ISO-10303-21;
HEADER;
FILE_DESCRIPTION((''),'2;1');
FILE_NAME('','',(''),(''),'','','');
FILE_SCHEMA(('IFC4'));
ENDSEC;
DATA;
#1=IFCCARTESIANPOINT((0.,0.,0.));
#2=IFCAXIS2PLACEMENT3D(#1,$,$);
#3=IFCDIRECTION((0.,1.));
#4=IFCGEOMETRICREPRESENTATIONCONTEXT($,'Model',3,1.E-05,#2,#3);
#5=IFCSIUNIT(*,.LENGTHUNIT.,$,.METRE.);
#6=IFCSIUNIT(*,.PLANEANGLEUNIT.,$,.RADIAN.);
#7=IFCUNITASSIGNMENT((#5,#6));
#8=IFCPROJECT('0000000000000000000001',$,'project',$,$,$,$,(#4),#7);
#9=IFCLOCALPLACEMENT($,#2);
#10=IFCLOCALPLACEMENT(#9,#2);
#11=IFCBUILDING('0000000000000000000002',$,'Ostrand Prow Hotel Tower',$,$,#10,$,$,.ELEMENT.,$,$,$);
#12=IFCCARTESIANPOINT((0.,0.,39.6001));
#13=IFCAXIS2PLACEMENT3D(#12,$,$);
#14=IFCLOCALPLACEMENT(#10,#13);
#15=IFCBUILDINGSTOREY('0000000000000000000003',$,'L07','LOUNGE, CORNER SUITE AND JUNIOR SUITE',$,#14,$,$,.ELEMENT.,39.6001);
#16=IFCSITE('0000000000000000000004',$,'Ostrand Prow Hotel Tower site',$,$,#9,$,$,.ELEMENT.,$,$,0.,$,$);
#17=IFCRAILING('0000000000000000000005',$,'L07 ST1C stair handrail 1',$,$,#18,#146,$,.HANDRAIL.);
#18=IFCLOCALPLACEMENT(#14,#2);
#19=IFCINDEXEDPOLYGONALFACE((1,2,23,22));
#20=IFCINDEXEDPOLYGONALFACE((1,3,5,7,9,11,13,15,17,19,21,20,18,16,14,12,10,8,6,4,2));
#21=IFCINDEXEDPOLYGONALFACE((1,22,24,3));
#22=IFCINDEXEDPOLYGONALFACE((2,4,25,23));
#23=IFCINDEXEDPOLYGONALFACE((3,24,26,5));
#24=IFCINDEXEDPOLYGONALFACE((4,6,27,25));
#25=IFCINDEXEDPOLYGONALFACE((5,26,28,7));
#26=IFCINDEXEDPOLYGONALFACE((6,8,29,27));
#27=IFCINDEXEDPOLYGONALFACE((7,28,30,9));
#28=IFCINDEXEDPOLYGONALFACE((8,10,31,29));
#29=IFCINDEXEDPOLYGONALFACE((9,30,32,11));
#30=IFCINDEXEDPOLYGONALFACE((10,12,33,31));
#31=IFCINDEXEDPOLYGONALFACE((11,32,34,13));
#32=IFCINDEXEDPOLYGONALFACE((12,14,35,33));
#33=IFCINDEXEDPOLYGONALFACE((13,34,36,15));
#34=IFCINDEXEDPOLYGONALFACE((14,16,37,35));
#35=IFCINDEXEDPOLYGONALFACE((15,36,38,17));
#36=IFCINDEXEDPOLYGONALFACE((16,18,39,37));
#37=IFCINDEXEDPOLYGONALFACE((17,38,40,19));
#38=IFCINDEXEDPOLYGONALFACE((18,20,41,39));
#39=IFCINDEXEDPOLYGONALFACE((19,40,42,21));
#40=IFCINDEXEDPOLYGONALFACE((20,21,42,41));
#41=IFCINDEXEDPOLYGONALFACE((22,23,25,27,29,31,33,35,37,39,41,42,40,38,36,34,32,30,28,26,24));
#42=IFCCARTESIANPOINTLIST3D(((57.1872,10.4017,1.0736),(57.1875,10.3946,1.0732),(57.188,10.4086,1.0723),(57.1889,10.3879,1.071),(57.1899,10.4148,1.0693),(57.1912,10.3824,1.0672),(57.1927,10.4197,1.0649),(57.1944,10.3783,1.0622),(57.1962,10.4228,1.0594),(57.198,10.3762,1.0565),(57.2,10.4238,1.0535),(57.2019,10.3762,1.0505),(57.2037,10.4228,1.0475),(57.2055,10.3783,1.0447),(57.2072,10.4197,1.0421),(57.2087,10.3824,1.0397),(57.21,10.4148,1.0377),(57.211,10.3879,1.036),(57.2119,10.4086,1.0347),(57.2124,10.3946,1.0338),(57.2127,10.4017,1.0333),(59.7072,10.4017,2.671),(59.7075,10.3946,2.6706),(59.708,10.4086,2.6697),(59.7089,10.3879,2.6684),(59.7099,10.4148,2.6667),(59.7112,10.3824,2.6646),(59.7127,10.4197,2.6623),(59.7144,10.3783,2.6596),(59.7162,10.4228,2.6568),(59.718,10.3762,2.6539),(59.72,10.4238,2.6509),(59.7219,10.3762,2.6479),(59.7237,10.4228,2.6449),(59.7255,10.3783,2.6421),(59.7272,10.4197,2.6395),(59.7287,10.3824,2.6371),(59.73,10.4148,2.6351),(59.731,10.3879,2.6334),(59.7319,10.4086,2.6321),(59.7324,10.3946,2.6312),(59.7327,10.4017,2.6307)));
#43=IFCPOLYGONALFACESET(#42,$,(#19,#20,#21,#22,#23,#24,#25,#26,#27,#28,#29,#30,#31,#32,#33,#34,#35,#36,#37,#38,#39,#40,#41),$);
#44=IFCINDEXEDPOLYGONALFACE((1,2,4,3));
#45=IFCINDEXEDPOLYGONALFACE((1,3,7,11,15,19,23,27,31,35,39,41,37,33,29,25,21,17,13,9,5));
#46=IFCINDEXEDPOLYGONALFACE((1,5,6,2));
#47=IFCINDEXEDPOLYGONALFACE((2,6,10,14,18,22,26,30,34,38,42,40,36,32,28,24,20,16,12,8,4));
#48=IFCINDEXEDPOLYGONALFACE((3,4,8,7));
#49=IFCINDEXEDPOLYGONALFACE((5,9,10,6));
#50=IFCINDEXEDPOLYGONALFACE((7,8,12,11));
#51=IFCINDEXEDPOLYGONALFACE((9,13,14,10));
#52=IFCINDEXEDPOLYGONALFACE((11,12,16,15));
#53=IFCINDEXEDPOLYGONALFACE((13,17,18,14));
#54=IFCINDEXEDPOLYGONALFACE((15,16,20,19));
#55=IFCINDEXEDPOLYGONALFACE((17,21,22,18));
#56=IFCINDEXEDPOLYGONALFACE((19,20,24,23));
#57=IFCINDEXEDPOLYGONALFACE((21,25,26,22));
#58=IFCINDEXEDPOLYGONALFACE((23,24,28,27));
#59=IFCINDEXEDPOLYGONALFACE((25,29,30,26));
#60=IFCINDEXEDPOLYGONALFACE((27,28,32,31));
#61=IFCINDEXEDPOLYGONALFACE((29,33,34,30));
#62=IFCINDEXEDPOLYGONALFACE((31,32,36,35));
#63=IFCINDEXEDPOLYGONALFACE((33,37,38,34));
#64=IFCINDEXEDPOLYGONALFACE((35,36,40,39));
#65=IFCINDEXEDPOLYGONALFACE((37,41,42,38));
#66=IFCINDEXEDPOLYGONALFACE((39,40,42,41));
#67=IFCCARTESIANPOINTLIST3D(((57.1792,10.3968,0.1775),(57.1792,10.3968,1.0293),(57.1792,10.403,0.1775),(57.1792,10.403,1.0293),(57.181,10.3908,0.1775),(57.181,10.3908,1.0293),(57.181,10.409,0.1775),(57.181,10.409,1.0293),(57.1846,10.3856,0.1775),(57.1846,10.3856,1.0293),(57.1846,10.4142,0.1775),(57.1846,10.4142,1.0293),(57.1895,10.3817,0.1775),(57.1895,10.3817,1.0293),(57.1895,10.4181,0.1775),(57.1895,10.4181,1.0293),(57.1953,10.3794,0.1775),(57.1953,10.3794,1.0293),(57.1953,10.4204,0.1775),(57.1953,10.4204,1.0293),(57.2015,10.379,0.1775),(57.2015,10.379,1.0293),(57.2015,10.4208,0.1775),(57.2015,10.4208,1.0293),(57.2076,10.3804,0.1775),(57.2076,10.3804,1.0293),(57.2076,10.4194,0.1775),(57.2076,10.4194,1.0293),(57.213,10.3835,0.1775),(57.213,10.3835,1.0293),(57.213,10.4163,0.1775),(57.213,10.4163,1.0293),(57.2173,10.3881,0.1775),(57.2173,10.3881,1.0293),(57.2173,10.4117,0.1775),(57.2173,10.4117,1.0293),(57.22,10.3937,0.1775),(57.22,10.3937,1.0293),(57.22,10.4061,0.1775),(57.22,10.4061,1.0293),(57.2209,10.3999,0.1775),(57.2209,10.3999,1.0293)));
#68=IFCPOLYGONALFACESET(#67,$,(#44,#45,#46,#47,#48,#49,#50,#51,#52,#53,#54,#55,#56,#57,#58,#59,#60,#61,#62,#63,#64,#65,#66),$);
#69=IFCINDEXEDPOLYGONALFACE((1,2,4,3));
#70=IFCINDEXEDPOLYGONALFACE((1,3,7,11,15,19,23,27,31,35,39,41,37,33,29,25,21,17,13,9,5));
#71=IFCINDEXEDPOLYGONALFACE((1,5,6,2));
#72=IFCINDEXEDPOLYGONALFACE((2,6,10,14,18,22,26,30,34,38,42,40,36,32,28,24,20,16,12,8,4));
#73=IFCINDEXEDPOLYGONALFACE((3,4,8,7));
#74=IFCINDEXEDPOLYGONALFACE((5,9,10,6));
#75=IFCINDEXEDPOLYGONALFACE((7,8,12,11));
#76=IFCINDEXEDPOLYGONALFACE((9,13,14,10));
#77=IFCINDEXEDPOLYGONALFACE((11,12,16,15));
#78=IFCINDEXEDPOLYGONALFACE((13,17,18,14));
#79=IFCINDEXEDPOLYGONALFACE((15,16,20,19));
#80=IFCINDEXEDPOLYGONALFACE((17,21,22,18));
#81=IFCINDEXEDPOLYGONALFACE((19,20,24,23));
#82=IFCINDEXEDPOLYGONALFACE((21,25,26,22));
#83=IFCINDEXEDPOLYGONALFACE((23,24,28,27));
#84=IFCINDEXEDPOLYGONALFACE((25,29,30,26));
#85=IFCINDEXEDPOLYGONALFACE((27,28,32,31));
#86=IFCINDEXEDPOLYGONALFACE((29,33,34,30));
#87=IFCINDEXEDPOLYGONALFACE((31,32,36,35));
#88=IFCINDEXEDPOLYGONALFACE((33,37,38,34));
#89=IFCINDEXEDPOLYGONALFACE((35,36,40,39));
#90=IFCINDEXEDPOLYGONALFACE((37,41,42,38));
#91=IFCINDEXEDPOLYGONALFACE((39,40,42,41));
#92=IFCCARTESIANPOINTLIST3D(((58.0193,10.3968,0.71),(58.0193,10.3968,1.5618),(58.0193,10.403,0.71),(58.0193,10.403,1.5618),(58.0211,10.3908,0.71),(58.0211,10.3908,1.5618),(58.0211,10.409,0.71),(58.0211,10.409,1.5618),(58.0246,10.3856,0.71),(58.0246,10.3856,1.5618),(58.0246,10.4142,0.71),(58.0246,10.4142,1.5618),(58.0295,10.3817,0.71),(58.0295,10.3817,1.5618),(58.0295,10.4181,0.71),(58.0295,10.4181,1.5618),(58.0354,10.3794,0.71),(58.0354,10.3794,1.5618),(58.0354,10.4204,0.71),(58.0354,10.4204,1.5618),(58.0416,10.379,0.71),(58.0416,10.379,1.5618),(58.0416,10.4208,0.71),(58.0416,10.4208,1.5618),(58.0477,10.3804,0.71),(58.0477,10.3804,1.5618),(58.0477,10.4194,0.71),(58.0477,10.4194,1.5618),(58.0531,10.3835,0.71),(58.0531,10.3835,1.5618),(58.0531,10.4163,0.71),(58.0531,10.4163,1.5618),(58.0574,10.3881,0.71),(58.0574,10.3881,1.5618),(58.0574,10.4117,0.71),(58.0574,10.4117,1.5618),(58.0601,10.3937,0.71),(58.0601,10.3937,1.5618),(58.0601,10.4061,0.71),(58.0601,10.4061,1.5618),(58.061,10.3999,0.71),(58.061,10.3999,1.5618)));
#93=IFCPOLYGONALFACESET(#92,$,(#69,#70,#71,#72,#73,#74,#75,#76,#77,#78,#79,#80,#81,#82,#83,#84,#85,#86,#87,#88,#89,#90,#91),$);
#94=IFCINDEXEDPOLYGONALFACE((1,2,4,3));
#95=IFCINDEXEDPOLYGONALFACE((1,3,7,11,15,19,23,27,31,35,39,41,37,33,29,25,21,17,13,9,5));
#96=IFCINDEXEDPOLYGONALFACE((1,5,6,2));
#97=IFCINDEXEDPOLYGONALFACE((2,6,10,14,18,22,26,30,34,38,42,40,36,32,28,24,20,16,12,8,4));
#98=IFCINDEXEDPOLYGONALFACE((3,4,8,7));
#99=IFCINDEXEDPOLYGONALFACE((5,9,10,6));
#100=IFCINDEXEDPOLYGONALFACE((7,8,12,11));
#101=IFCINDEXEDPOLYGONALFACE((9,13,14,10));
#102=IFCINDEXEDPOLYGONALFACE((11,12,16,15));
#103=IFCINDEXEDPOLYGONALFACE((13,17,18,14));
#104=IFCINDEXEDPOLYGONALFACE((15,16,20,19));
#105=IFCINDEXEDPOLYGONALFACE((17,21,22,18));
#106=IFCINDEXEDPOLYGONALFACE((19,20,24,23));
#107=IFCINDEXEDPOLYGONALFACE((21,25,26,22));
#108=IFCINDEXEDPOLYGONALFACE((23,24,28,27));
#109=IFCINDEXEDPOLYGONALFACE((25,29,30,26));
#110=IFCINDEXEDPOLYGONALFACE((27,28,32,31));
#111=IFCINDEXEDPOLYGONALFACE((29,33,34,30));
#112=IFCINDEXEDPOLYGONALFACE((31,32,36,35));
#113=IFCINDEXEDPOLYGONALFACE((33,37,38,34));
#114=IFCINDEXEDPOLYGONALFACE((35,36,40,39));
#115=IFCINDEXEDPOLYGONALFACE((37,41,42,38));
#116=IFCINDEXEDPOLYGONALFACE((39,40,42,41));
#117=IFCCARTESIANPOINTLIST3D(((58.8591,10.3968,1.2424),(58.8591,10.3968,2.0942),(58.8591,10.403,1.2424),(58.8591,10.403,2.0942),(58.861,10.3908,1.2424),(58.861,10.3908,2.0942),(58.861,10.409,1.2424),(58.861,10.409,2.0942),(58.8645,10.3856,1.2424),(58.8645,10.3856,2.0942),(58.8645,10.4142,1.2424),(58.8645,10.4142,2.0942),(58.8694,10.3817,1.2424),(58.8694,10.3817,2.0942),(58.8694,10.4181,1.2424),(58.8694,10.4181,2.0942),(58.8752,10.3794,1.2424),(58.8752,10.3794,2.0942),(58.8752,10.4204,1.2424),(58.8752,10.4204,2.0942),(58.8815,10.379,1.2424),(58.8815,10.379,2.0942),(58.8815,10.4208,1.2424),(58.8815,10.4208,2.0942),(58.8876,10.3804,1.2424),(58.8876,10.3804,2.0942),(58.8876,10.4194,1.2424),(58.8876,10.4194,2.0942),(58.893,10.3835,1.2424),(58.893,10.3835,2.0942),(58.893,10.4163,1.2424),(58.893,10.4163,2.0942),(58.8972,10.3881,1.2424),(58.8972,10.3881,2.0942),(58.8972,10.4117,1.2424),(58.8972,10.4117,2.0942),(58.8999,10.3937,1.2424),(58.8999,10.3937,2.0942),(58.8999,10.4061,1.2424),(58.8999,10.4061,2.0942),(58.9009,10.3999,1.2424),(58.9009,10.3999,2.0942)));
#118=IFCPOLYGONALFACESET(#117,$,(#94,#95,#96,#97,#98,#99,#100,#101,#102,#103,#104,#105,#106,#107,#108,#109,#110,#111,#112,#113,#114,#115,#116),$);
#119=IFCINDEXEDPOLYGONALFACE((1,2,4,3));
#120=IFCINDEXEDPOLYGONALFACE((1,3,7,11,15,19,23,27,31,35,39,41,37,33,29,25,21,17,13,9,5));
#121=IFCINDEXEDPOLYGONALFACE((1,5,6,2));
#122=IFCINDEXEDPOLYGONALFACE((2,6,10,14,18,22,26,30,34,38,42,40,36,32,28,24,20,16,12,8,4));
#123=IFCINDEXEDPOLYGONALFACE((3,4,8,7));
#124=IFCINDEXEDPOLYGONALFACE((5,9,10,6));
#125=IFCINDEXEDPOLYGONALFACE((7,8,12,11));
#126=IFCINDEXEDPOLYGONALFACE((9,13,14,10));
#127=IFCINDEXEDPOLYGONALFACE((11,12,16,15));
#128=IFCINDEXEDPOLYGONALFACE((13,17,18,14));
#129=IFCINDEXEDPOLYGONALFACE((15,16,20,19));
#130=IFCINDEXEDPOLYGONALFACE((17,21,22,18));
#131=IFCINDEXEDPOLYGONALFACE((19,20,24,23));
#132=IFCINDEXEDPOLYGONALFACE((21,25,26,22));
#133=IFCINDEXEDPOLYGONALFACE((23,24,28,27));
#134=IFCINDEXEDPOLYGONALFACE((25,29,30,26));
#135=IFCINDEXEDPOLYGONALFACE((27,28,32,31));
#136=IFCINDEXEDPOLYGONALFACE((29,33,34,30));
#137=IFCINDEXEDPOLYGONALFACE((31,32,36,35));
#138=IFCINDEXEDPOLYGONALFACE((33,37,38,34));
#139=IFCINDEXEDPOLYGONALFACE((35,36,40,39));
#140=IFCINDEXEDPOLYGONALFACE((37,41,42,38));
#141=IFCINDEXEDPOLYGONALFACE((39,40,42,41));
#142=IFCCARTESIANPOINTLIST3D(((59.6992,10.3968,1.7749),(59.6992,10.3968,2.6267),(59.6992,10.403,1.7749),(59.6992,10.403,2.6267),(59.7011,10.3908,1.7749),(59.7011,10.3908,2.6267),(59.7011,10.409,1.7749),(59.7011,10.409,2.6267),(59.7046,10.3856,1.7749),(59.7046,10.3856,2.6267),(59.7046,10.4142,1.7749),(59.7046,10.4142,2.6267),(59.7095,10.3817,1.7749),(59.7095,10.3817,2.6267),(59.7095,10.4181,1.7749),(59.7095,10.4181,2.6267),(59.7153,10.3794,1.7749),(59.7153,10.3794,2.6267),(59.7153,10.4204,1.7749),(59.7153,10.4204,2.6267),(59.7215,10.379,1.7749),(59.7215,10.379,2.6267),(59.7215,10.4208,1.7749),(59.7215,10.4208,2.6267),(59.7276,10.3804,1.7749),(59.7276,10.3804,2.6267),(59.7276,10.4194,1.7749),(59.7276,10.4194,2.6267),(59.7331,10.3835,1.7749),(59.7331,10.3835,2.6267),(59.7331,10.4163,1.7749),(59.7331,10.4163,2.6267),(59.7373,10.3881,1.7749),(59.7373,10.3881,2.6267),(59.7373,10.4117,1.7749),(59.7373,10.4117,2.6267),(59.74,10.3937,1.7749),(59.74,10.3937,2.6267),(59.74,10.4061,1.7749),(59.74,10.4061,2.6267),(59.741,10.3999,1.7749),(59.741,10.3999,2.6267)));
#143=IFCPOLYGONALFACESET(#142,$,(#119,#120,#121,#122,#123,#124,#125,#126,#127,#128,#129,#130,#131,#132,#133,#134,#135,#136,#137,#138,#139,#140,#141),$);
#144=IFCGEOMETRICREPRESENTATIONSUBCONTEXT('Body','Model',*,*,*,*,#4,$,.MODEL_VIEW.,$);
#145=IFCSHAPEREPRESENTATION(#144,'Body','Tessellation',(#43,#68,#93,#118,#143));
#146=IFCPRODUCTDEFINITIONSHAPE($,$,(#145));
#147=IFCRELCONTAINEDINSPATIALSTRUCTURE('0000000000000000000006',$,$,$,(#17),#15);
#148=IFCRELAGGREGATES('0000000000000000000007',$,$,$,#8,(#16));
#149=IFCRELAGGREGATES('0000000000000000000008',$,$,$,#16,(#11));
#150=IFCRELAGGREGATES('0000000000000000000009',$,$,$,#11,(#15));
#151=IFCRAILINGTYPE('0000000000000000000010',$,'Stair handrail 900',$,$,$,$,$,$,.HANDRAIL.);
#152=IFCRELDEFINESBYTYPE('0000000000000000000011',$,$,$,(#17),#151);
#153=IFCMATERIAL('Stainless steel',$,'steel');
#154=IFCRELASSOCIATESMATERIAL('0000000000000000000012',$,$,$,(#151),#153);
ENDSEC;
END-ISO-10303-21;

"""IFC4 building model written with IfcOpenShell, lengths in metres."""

from ifc_helpers import new_model, si_unit, direction, frame, origin, origin_2d, place, context, subcontext, project, spatial, circle, extrude, material, type_object, element, save


model = new_model("IFC4")

# Units and contexts
model_context = context("Model", 3, precision=1e-05, world=origin(), true_north=direction((0.0, 1.0)))
body_context = subcontext(model_context, "Body", "Model", "MODEL_VIEW")
ifc_project = project(units=[si_unit("LENGTHUNIT", "METRE"), si_unit("PLANEANGLEUNIT", "RADIAN")], contexts=[model_context])

# Site, building, storey
site_placement = place(None, origin())
site = spatial("IfcSite", under=ifc_project, at=site_placement, Name="Ostrand Prow Hotel Tower site", CompositionType="ELEMENT", RefElevation=0.0)
building_placement = place(site_placement, origin())
building = spatial("IfcBuilding", under=site, at=building_placement, Name="Ostrand Prow Hotel Tower", CompositionType="ELEMENT")
storey_placement = place(building_placement, frame((0.0, 0.0, 39.6001)))
storey = spatial("IfcBuildingStorey", under=building, at=storey_placement, Name="L07", Description="LOUNGE, CORNER SUITE AND JUNIOR SUITE", CompositionType="ELEMENT", Elevation=39.6001)

# Railing
ifc_material_1 = material(Name="Stainless steel", Category="steel")
railing_type_1 = type_object("IfcRailingType", Name="Stair handrail 900", PredefinedType="HANDRAIL", material=ifc_material_1)
railing_1_placement = place(storey_placement, frame((57.2, 10.3999, 0.1775)))
element("IfcRailing", 1, at=railing_1_placement, inside=storey, type_object=railing_type_1, Name="L07 ST1C stair handrail 1", PredefinedType="HANDRAIL", context=body_context, shape_type="SweptSolid", body=[
    extrude(circle(Radius=0.0239, at=origin_2d()), frame((0.0, 0.0, 0.876), z_axis=(0.844607, 0.0, 0.535387), x_axis=(0.0, 1.0, 0.0)), (0.0, 0.0, 1.0), 2.9836),
    extrude(circle(Radius=0.021, at=origin_2d()), origin(), (0.0, 0.0, 1.0), 0.8518),
    extrude(circle(Radius=0.021, at=origin_2d()), frame((0.8401, 0.0, 0.5325)), (0.0, 0.0, 1.0), 0.8518),
    extrude(circle(Radius=0.021, at=origin_2d()), frame((1.6799, 0.0, 1.0649)), (0.0, 0.0, 1.0), 0.8518),
    extrude(circle(Radius=0.021, at=origin_2d()), frame((2.52, 0.0, 1.5974)), (0.0, 0.0, 1.0), 0.8518),
])

save(model, "model.ifc")
